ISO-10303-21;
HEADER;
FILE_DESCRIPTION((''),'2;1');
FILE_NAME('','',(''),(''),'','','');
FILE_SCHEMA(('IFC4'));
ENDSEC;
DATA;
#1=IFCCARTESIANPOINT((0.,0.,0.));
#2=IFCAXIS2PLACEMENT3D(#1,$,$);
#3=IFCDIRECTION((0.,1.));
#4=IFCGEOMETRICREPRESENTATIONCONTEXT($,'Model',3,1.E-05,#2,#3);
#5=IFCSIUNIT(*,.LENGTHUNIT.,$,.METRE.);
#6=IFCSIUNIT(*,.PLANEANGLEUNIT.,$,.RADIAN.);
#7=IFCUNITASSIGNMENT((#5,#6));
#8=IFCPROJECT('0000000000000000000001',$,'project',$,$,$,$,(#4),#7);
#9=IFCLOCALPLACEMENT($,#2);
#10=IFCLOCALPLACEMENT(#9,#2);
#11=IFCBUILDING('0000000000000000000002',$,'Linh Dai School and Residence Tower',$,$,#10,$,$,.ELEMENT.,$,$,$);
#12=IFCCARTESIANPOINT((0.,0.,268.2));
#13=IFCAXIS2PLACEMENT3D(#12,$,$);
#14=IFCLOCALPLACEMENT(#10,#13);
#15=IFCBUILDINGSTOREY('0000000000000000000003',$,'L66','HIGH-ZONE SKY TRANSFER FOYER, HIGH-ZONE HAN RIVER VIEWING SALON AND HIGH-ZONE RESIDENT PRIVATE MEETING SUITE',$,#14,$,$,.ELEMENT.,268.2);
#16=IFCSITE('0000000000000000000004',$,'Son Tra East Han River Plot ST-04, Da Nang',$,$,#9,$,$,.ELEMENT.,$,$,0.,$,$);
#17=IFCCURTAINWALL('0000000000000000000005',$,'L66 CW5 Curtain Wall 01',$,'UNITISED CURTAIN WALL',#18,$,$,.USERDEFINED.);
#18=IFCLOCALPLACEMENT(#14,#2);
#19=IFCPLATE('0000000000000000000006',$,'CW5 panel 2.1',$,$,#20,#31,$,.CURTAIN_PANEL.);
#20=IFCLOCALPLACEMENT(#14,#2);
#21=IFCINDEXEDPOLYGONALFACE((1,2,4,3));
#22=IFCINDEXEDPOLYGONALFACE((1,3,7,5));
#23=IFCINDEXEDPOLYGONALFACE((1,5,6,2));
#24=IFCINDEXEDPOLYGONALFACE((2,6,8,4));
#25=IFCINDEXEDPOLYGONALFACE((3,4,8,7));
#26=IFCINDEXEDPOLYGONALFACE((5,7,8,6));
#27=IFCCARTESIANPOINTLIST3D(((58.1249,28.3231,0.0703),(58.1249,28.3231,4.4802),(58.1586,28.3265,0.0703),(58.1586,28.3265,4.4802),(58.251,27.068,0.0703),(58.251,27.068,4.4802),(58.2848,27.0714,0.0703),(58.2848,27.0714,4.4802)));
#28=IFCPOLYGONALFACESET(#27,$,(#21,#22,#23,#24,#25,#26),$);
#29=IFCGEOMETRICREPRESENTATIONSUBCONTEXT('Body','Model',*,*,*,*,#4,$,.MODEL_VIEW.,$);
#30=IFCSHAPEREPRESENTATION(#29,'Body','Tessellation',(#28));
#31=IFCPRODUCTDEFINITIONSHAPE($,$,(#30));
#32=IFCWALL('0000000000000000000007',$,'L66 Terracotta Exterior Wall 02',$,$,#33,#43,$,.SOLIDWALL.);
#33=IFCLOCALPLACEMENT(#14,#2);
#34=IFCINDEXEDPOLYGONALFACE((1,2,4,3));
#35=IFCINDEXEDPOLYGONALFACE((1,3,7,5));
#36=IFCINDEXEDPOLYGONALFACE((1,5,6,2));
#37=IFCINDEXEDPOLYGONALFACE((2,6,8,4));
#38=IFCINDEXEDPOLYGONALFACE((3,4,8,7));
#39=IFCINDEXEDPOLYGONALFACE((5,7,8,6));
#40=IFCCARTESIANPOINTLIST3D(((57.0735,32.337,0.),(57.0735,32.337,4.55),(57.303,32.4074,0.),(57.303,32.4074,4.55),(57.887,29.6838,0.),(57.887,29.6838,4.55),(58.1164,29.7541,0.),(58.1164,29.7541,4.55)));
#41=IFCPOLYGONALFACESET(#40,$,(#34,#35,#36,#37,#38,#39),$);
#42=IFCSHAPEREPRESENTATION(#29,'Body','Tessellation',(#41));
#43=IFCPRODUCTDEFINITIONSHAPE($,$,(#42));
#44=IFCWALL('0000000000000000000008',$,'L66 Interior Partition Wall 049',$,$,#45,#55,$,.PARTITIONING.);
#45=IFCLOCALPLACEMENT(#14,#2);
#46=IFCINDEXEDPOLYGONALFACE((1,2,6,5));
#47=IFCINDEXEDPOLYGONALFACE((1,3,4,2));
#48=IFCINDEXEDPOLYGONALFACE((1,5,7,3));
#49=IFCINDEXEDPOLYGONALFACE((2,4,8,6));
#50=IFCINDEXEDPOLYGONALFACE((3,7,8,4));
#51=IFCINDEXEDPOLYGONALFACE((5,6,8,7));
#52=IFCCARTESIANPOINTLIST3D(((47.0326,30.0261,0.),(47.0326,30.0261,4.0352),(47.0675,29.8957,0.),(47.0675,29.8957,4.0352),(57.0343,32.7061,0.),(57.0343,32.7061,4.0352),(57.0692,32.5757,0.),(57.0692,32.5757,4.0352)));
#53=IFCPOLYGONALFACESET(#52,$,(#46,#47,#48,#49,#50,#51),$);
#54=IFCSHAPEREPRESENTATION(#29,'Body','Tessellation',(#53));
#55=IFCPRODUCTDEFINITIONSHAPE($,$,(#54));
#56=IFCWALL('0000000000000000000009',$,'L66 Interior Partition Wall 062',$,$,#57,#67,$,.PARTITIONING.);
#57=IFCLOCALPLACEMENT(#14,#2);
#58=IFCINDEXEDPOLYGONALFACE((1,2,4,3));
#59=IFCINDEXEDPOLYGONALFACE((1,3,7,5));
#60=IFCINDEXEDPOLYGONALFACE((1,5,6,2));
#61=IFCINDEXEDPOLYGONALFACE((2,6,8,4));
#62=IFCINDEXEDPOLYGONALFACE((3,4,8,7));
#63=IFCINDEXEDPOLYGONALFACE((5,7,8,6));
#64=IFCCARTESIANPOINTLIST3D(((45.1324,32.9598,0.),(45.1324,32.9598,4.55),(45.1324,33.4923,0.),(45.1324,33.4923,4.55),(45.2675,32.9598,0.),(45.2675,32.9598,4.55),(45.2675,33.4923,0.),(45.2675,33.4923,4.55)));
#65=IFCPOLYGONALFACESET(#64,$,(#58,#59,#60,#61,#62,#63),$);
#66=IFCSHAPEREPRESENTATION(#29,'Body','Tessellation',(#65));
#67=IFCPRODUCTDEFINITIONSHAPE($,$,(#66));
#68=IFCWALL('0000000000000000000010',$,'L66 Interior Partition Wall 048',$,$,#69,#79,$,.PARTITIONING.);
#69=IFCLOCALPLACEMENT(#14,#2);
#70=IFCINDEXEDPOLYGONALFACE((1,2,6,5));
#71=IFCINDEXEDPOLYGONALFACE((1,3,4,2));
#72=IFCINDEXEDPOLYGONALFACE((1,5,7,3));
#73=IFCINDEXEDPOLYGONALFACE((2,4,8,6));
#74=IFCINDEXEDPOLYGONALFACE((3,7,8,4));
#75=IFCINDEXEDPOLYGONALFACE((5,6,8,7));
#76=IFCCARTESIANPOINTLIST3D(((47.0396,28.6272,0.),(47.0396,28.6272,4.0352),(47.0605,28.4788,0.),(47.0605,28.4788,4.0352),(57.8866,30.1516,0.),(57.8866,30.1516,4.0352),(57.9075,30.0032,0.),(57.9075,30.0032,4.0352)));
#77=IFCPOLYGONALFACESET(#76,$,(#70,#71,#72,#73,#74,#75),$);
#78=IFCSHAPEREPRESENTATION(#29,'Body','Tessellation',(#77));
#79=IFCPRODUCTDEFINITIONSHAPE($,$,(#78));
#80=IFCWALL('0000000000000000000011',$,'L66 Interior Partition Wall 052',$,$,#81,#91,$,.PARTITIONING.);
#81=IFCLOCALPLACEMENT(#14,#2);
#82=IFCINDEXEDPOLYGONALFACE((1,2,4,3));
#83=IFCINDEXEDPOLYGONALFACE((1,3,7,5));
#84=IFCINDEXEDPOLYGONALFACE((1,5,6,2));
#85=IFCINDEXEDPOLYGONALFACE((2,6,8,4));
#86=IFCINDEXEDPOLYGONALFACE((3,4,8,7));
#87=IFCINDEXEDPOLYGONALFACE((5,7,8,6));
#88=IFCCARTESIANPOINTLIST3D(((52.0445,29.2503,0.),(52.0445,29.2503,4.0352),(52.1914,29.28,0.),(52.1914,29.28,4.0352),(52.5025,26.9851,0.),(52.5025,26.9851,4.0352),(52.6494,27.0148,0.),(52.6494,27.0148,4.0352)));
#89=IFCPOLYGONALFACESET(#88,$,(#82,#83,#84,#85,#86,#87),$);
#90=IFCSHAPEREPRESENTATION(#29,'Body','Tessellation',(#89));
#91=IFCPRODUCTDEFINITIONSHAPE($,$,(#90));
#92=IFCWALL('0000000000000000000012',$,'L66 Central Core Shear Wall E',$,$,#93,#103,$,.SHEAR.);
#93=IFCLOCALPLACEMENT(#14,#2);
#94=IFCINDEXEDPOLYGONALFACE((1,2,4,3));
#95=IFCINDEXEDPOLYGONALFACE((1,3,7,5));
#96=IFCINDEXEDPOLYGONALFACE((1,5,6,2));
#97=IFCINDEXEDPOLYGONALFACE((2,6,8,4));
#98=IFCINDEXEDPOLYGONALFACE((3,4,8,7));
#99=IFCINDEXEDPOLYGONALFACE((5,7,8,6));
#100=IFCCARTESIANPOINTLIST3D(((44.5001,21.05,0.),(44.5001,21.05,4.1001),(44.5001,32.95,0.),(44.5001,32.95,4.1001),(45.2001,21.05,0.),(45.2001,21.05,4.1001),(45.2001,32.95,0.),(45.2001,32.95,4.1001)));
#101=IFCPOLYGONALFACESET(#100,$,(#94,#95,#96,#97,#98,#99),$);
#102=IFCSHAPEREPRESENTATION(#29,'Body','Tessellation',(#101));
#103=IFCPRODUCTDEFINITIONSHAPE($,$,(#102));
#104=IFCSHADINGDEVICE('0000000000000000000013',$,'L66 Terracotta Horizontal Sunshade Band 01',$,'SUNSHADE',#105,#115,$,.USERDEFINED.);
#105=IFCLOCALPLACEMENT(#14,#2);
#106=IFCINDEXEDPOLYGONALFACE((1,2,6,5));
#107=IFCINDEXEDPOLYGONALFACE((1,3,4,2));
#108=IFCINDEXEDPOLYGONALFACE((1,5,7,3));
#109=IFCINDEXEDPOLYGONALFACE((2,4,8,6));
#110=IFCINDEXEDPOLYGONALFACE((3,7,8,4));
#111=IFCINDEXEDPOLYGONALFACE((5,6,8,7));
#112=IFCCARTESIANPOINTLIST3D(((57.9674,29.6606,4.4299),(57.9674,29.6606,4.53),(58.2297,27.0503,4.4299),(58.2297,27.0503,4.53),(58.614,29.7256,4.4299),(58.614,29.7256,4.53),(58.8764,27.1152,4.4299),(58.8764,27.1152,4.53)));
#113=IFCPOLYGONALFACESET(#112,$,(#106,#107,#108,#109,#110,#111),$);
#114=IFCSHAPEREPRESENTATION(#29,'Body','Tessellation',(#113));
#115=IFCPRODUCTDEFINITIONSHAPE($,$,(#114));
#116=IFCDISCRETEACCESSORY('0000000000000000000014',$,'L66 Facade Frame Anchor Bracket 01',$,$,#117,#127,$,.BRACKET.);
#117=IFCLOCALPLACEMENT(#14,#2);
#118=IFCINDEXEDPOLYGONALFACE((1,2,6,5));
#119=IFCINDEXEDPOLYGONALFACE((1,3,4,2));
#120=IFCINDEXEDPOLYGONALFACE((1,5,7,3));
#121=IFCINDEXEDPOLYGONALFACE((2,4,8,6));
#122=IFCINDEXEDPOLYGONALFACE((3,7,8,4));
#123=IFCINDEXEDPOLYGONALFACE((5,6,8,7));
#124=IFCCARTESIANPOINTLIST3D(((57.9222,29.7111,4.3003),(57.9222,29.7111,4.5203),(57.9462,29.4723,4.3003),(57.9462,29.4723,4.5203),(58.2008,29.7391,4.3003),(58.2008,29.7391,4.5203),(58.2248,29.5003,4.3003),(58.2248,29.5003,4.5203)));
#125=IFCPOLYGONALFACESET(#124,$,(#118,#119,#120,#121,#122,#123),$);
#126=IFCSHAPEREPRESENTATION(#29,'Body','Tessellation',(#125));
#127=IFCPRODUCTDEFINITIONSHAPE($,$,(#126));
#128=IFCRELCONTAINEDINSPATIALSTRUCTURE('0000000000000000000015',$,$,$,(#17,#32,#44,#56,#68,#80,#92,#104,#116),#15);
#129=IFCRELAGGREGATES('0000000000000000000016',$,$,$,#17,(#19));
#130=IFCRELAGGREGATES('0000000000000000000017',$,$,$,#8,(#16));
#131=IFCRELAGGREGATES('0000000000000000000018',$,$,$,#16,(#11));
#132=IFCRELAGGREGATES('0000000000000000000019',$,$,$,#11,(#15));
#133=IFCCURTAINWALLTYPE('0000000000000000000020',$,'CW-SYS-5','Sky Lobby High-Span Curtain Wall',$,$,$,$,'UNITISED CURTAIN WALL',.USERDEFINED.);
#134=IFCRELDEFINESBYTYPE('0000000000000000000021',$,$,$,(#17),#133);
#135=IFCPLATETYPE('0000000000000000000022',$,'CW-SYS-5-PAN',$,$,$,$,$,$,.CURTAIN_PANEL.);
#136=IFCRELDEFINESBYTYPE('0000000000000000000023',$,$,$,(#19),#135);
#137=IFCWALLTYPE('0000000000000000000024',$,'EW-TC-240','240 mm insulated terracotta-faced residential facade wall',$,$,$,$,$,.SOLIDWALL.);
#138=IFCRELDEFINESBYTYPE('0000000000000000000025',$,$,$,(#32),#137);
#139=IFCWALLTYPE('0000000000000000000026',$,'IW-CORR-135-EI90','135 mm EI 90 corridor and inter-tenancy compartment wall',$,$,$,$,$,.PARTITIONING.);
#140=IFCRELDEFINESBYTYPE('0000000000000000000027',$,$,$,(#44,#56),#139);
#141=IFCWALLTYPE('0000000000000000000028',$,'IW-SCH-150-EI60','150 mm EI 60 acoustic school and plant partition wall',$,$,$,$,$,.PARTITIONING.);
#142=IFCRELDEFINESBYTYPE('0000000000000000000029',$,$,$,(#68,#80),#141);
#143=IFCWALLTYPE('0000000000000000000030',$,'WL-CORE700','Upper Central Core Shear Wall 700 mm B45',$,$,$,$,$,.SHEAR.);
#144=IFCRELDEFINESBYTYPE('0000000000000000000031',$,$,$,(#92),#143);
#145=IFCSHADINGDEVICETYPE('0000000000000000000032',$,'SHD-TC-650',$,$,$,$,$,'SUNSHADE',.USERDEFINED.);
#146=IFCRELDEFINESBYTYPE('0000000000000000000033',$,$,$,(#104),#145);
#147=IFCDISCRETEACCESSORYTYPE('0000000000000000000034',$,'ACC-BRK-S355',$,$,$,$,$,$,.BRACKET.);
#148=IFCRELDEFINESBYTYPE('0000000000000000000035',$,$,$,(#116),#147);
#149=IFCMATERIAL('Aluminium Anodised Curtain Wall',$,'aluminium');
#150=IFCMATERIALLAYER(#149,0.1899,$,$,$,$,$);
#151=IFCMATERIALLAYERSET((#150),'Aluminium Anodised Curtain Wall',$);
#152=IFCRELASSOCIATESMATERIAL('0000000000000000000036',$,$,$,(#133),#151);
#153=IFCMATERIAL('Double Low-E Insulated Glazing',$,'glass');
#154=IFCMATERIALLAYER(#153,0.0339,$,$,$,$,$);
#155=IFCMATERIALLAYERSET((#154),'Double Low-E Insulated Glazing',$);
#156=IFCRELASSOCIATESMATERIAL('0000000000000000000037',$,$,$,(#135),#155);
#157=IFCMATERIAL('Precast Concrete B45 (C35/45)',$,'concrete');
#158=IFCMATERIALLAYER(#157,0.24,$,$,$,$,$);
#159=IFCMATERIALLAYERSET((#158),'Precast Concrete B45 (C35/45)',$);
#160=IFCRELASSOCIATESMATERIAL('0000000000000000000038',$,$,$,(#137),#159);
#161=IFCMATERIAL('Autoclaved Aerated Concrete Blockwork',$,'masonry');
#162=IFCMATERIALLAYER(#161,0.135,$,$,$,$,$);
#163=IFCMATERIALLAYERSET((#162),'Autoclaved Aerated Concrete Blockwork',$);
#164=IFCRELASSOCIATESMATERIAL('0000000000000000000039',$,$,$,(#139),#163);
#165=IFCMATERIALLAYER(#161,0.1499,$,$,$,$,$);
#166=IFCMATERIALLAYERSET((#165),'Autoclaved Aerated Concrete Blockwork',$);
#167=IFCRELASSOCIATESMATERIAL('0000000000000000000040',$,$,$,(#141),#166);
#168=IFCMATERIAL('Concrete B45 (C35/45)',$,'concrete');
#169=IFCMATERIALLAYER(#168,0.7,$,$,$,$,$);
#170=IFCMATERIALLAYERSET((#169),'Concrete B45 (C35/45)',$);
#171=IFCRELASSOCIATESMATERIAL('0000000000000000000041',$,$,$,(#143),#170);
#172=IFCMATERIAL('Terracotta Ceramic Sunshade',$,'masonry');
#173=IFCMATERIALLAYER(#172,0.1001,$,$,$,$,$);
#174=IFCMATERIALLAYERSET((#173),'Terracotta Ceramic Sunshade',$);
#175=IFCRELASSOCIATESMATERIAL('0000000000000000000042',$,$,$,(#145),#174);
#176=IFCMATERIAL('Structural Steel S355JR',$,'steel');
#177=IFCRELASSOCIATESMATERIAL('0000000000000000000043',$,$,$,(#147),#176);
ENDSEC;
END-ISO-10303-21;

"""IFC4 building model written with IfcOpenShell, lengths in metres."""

from ifc_helpers import new_model, si_unit, direction, frame, frame_2d, origin, origin_2d, place, context, subcontext, project, spatial, rectangle, extrude, source, transform, mapped, material, layer, layer_set, type_object, element, aggregate, save


model = new_model("IFC4")

# Units and contexts
model_context = context("Model", 3, precision=1e-05, world=origin(), true_north=direction((0.0, 1.0)))
body_context = subcontext(model_context, "Body", "Model", "MODEL_VIEW")
ifc_project = project(units=[si_unit("LENGTHUNIT", "METRE"), si_unit("PLANEANGLEUNIT", "RADIAN")], contexts=[model_context])

# Site, building, storey
site_placement = place(None, origin())
site = spatial("IfcSite", under=ifc_project, at=site_placement, Name="Son Tra East Han River Plot ST-04, Da Nang", CompositionType="ELEMENT", RefElevation=0.0)
building_placement = place(site_placement, origin())
building = spatial("IfcBuilding", under=site, at=building_placement, Name="Linh Dai School and Residence Tower", CompositionType="ELEMENT")
storey_placement = place(building_placement, frame((0.0, 0.0, 268.2)))
storey = spatial("IfcBuildingStorey", under=building, at=storey_placement, Name="L66", Description="HIGH-ZONE SKY TRANSFER FOYER, HIGH-ZONE HAN RIVER VIEWING SALON AND HIGH-ZONE RESIDENT PRIVATE MEETING SUITE", CompositionType="ELEMENT", Elevation=268.2)

# Shared definitions
ifc_material_1 = material(Name="Structural Steel S355JR", Category="steel")

# Curtain wall
ifc_material_2 = material(Name="Aluminium Anodised Curtain Wall", Category="aluminium")
ifc_layer_1 = layer(ifc_material_2, 0.1899)
ifc_layer_set_1 = layer_set([ifc_layer_1], Name="Aluminium Anodised Curtain Wall")
curtain_wall_type = type_object("IfcCurtainWallType", Name="CW-SYS-5", Description="Sky Lobby High-Span Curtain Wall", ElementType="UNITISED CURTAIN WALL", PredefinedType="USERDEFINED", material=ifc_layer_set_1)
curtain_wall_placement = place(storey_placement, origin())
curtain_wall = element("IfcCurtainWall", 1, at=curtain_wall_placement, inside=storey, type_object=curtain_wall_type, Name="L66 CW5 Curtain Wall 01", ObjectType="UNITISED CURTAIN WALL", PredefinedType="USERDEFINED")

# Shared definitions
ifc_material_3 = material(Name="Precast Concrete B45 (C35/45)", Category="concrete")

# Plate
ifc_material_4 = material(Name="Double Low-E Insulated Glazing", Category="glass")
ifc_layer_2 = layer(ifc_material_4, 0.0339)
ifc_layer_set_2 = layer_set([ifc_layer_2], Name="Double Low-E Insulated Glazing")
plate_type_1 = type_object("IfcPlateType", Name="CW-SYS-5-PAN", PredefinedType="CURTAIN_PANEL", material=ifc_layer_set_2)
shared_shape_1 = source(origin(), body_context, "Body", "SweptSolid", [
    extrude(rectangle(XDim=1.2615, YDim=0.0339, at=origin_2d()), origin(), (0.0, 0.0, 1.0), 4.4099),
])
plate_1_placement = place(storey_placement, frame((58.2048, 27.6973, 0.0703), z_axis=(0.0, 0.0, 1.0), x_axis=(0.100008, -0.994987, 0.0)))
plate_1 = element("IfcPlate", 2, at=plate_1_placement, type_object=plate_type_1, Name="CW5 panel 2.1", PredefinedType="CURTAIN_PANEL", context=body_context, shape_type="MappedRepresentation", body=[
    mapped(shared_shape_1, transform((0.0, 0.0, 0.0), x_axis=(1.0, 0.0, 0.0), y_axis=(0.0, 1.0, 0.0), z_axis=(0.0, 0.0, 1.0), scale=1.0)),
])
aggregate(curtain_wall, [plate_1])

# Walls
ifc_layer_3 = layer(ifc_material_3, 0.24)
ifc_layer_set_3 = layer_set([ifc_layer_3], Name="Precast Concrete B45 (C35/45)")
wall_type_1 = type_object("IfcWallType", Name="EW-TC-240", Description="240 mm insulated terracotta-faced residential facade wall", PredefinedType="SOLIDWALL", material=ifc_layer_set_3)
wall_1_placement = place(storey_placement, frame((57.1882, 32.3723, 0.0), z_axis=(0.0, 0.0, 1.0), x_axis=(0.293121, -0.956075, 0.0)))
element("IfcWall", 3, at=wall_1_placement, inside=storey, type_object=wall_type_1, Name="L66 Terracotta Exterior Wall 02", PredefinedType="SOLIDWALL", context=body_context, shape_type="SweptSolid", body=[
    extrude(rectangle(XDim=2.7751, YDim=0.24, at=frame_2d((1.3877, 0.0))), origin(), (0.0, 0.0, 1.0), 4.55),
])
ifc_material_5 = material(Name="Autoclaved Aerated Concrete Blockwork", Category="masonry")
ifc_layer_4 = layer(ifc_material_5, 0.135)
ifc_layer_set_4 = layer_set([ifc_layer_4], Name="Autoclaved Aerated Concrete Blockwork")
wall_type_2 = type_object("IfcWallType", Name="IW-CORR-135-EI90", Description="135 mm EI 90 corridor and inter-tenancy compartment wall", PredefinedType="PARTITIONING", material=ifc_layer_set_4)
wall_2_placement = place(storey_placement, frame((47.05, 29.9609, 0.0), z_axis=(0.0, 0.0, 1.0), x_axis=(0.965926, 0.258817, 0.0)))
element("IfcWall", 4, at=wall_2_placement, inside=storey, type_object=wall_type_2, Name="L66 Interior Partition Wall 049", PredefinedType="PARTITIONING", context=body_context, shape_type="SweptSolid", body=[
    extrude(rectangle(XDim=10.3545, YDim=0.135, at=frame_2d((5.1772, 0.0))), origin(), (0.0, 0.0, 1.0), 4.0352),
])
wall_3_placement = place(storey_placement, frame((45.2, 32.96, 0.0), z_axis=(0.0, 0.0, 1.0), x_axis=(0.0, 1.0, 0.0)))
element("IfcWall", 5, at=wall_3_placement, inside=storey, type_object=wall_type_2, Name="L66 Interior Partition Wall 062", PredefinedType="PARTITIONING", context=body_context, shape_type="SweptSolid", body=[
    extrude(rectangle(XDim=0.5325, YDim=0.135, at=frame_2d((0.2661, 0.0))), origin(), (0.0, 0.0, 1.0), 4.55),
])
ifc_layer_5 = layer(ifc_material_5, 0.1499)
ifc_layer_set_5 = layer_set([ifc_layer_5], Name="Autoclaved Aerated Concrete Blockwork")
wall_type_3 = type_object("IfcWallType", Name="IW-SCH-150-EI60", Description="150 mm EI 60 acoustic school and plant partition wall", PredefinedType="PARTITIONING", material=ifc_layer_set_5)
wall_4_placement = place(storey_placement, frame((47.05, 28.553, 0.0), z_axis=(0.0, 0.0, 1.0), x_axis=(0.990268, 0.139171, 0.0)))
element("IfcWall", 6, at=wall_4_placement, inside=storey, type_object=wall_type_3, Name="L66 Interior Partition Wall 048", PredefinedType="PARTITIONING", context=body_context, shape_type="SweptSolid", body=[
    extrude(rectangle(XDim=10.9536, YDim=0.1499, at=frame_2d((5.4768, 0.0))), origin(), (0.0, 0.0, 1.0), 4.0352),
])
wall_5_placement = place(storey_placement, frame((52.1179, 29.2651, 0.0), z_axis=(0.0, 0.0, 1.0), x_axis=(0.198188, -0.980164, 0.0)))
element("IfcWall", 7, at=wall_5_placement, inside=storey, type_object=wall_type_3, Name="L66 Interior Partition Wall 052", PredefinedType="PARTITIONING", context=body_context, shape_type="SweptSolid", body=[
    extrude(rectangle(XDim=2.311, YDim=0.1499, at=frame_2d((1.1555, 0.0))), origin(), (0.0, 0.0, 1.0), 4.0352),
])
ifc_material_6 = material(Name="Concrete B45 (C35/45)", Category="concrete")
ifc_layer_6 = layer(ifc_material_6, 0.7)
ifc_layer_set_6 = layer_set([ifc_layer_6], Name="Concrete B45 (C35/45)")
wall_type_4 = type_object("IfcWallType", Name="WL-CORE700", Description="Upper Central Core Shear Wall 700 mm B45", PredefinedType="SHEAR", material=ifc_layer_set_6)
wall_6_placement = place(storey_placement, frame((44.8501, 32.95, 0.0), z_axis=(0.0, 0.0, 1.0), x_axis=(0.0, -1.0, 0.0)))
element("IfcWall", 8, at=wall_6_placement, inside=storey, type_object=wall_type_4, Name="L66 Central Core Shear Wall E", PredefinedType="SHEAR", context=body_context, shape_type="SweptSolid", body=[
    extrude(rectangle(XDim=11.8999, YDim=0.7, at=frame_2d((5.95, 0.0))), origin(), (0.0, 0.0, 1.0), 4.1001),
])

# Shading device
ifc_material_7 = material(Name="Terracotta Ceramic Sunshade", Category="masonry")
ifc_layer_7 = layer(ifc_material_7, 0.1001)
ifc_layer_set_7 = layer_set([ifc_layer_7], Name="Terracotta Ceramic Sunshade")
shading_device_type = type_object("IfcShadingDeviceType", Name="SHD-TC-650", ElementType="SUNSHADE", PredefinedType="USERDEFINED", material=ifc_layer_set_7)
shared_shape_2 = source(origin(), body_context, "Body", "SweptSolid", [
    extrude(rectangle(XDim=2.6235, YDim=0.6499, at=origin_2d()), origin(), (0.0, 0.0, 1.0), 0.1001),
])
shading_device_placement = place(storey_placement, frame((58.4219, 28.3879, 4.4299), z_axis=(0.0, 0.0, 1.0), x_axis=(0.100008, -0.994987, 0.0)))
element("IfcShadingDevice", 9, at=shading_device_placement, inside=storey, type_object=shading_device_type, Name="L66 Terracotta Horizontal Sunshade Band 01", ObjectType="SUNSHADE", PredefinedType="USERDEFINED", context=body_context, shape_type="MappedRepresentation", body=[
    mapped(shared_shape_2, transform((0.0, 0.0, 0.0), x_axis=(1.0, 0.0, 0.0), y_axis=(0.0, 1.0, 0.0), z_axis=(0.0, 0.0, 1.0), scale=1.0)),
])

# Discrete accessory
discrete_accessory_type = type_object("IfcDiscreteAccessoryType", Name="ACC-BRK-S355", PredefinedType="BRACKET", material=ifc_material_1)
shared_shape_3 = source(origin(), body_context, "Body", "SweptSolid", [
    extrude(rectangle(XDim=0.28, YDim=0.24, at=origin_2d()), origin(), (0.0, 0.0, 1.0), 0.22),
])
discrete_accessory_placement = place(storey_placement, frame((58.0735, 29.6057, 4.3003), z_axis=(0.0, 0.0, 1.0), x_axis=(0.994987, 0.100008, 0.0)))
element("IfcDiscreteAccessory", 10, at=discrete_accessory_placement, inside=storey, type_object=discrete_accessory_type, Name="L66 Facade Frame Anchor Bracket 01", PredefinedType="BRACKET", context=body_context, shape_type="MappedRepresentation", body=[
    mapped(shared_shape_3, transform((0.0, 0.0, 0.0), x_axis=(1.0, 0.0, 0.0), y_axis=(0.0, 1.0, 0.0), z_axis=(0.0, 0.0, 1.0), scale=1.0)),
])

save(model, "model.ifc")
